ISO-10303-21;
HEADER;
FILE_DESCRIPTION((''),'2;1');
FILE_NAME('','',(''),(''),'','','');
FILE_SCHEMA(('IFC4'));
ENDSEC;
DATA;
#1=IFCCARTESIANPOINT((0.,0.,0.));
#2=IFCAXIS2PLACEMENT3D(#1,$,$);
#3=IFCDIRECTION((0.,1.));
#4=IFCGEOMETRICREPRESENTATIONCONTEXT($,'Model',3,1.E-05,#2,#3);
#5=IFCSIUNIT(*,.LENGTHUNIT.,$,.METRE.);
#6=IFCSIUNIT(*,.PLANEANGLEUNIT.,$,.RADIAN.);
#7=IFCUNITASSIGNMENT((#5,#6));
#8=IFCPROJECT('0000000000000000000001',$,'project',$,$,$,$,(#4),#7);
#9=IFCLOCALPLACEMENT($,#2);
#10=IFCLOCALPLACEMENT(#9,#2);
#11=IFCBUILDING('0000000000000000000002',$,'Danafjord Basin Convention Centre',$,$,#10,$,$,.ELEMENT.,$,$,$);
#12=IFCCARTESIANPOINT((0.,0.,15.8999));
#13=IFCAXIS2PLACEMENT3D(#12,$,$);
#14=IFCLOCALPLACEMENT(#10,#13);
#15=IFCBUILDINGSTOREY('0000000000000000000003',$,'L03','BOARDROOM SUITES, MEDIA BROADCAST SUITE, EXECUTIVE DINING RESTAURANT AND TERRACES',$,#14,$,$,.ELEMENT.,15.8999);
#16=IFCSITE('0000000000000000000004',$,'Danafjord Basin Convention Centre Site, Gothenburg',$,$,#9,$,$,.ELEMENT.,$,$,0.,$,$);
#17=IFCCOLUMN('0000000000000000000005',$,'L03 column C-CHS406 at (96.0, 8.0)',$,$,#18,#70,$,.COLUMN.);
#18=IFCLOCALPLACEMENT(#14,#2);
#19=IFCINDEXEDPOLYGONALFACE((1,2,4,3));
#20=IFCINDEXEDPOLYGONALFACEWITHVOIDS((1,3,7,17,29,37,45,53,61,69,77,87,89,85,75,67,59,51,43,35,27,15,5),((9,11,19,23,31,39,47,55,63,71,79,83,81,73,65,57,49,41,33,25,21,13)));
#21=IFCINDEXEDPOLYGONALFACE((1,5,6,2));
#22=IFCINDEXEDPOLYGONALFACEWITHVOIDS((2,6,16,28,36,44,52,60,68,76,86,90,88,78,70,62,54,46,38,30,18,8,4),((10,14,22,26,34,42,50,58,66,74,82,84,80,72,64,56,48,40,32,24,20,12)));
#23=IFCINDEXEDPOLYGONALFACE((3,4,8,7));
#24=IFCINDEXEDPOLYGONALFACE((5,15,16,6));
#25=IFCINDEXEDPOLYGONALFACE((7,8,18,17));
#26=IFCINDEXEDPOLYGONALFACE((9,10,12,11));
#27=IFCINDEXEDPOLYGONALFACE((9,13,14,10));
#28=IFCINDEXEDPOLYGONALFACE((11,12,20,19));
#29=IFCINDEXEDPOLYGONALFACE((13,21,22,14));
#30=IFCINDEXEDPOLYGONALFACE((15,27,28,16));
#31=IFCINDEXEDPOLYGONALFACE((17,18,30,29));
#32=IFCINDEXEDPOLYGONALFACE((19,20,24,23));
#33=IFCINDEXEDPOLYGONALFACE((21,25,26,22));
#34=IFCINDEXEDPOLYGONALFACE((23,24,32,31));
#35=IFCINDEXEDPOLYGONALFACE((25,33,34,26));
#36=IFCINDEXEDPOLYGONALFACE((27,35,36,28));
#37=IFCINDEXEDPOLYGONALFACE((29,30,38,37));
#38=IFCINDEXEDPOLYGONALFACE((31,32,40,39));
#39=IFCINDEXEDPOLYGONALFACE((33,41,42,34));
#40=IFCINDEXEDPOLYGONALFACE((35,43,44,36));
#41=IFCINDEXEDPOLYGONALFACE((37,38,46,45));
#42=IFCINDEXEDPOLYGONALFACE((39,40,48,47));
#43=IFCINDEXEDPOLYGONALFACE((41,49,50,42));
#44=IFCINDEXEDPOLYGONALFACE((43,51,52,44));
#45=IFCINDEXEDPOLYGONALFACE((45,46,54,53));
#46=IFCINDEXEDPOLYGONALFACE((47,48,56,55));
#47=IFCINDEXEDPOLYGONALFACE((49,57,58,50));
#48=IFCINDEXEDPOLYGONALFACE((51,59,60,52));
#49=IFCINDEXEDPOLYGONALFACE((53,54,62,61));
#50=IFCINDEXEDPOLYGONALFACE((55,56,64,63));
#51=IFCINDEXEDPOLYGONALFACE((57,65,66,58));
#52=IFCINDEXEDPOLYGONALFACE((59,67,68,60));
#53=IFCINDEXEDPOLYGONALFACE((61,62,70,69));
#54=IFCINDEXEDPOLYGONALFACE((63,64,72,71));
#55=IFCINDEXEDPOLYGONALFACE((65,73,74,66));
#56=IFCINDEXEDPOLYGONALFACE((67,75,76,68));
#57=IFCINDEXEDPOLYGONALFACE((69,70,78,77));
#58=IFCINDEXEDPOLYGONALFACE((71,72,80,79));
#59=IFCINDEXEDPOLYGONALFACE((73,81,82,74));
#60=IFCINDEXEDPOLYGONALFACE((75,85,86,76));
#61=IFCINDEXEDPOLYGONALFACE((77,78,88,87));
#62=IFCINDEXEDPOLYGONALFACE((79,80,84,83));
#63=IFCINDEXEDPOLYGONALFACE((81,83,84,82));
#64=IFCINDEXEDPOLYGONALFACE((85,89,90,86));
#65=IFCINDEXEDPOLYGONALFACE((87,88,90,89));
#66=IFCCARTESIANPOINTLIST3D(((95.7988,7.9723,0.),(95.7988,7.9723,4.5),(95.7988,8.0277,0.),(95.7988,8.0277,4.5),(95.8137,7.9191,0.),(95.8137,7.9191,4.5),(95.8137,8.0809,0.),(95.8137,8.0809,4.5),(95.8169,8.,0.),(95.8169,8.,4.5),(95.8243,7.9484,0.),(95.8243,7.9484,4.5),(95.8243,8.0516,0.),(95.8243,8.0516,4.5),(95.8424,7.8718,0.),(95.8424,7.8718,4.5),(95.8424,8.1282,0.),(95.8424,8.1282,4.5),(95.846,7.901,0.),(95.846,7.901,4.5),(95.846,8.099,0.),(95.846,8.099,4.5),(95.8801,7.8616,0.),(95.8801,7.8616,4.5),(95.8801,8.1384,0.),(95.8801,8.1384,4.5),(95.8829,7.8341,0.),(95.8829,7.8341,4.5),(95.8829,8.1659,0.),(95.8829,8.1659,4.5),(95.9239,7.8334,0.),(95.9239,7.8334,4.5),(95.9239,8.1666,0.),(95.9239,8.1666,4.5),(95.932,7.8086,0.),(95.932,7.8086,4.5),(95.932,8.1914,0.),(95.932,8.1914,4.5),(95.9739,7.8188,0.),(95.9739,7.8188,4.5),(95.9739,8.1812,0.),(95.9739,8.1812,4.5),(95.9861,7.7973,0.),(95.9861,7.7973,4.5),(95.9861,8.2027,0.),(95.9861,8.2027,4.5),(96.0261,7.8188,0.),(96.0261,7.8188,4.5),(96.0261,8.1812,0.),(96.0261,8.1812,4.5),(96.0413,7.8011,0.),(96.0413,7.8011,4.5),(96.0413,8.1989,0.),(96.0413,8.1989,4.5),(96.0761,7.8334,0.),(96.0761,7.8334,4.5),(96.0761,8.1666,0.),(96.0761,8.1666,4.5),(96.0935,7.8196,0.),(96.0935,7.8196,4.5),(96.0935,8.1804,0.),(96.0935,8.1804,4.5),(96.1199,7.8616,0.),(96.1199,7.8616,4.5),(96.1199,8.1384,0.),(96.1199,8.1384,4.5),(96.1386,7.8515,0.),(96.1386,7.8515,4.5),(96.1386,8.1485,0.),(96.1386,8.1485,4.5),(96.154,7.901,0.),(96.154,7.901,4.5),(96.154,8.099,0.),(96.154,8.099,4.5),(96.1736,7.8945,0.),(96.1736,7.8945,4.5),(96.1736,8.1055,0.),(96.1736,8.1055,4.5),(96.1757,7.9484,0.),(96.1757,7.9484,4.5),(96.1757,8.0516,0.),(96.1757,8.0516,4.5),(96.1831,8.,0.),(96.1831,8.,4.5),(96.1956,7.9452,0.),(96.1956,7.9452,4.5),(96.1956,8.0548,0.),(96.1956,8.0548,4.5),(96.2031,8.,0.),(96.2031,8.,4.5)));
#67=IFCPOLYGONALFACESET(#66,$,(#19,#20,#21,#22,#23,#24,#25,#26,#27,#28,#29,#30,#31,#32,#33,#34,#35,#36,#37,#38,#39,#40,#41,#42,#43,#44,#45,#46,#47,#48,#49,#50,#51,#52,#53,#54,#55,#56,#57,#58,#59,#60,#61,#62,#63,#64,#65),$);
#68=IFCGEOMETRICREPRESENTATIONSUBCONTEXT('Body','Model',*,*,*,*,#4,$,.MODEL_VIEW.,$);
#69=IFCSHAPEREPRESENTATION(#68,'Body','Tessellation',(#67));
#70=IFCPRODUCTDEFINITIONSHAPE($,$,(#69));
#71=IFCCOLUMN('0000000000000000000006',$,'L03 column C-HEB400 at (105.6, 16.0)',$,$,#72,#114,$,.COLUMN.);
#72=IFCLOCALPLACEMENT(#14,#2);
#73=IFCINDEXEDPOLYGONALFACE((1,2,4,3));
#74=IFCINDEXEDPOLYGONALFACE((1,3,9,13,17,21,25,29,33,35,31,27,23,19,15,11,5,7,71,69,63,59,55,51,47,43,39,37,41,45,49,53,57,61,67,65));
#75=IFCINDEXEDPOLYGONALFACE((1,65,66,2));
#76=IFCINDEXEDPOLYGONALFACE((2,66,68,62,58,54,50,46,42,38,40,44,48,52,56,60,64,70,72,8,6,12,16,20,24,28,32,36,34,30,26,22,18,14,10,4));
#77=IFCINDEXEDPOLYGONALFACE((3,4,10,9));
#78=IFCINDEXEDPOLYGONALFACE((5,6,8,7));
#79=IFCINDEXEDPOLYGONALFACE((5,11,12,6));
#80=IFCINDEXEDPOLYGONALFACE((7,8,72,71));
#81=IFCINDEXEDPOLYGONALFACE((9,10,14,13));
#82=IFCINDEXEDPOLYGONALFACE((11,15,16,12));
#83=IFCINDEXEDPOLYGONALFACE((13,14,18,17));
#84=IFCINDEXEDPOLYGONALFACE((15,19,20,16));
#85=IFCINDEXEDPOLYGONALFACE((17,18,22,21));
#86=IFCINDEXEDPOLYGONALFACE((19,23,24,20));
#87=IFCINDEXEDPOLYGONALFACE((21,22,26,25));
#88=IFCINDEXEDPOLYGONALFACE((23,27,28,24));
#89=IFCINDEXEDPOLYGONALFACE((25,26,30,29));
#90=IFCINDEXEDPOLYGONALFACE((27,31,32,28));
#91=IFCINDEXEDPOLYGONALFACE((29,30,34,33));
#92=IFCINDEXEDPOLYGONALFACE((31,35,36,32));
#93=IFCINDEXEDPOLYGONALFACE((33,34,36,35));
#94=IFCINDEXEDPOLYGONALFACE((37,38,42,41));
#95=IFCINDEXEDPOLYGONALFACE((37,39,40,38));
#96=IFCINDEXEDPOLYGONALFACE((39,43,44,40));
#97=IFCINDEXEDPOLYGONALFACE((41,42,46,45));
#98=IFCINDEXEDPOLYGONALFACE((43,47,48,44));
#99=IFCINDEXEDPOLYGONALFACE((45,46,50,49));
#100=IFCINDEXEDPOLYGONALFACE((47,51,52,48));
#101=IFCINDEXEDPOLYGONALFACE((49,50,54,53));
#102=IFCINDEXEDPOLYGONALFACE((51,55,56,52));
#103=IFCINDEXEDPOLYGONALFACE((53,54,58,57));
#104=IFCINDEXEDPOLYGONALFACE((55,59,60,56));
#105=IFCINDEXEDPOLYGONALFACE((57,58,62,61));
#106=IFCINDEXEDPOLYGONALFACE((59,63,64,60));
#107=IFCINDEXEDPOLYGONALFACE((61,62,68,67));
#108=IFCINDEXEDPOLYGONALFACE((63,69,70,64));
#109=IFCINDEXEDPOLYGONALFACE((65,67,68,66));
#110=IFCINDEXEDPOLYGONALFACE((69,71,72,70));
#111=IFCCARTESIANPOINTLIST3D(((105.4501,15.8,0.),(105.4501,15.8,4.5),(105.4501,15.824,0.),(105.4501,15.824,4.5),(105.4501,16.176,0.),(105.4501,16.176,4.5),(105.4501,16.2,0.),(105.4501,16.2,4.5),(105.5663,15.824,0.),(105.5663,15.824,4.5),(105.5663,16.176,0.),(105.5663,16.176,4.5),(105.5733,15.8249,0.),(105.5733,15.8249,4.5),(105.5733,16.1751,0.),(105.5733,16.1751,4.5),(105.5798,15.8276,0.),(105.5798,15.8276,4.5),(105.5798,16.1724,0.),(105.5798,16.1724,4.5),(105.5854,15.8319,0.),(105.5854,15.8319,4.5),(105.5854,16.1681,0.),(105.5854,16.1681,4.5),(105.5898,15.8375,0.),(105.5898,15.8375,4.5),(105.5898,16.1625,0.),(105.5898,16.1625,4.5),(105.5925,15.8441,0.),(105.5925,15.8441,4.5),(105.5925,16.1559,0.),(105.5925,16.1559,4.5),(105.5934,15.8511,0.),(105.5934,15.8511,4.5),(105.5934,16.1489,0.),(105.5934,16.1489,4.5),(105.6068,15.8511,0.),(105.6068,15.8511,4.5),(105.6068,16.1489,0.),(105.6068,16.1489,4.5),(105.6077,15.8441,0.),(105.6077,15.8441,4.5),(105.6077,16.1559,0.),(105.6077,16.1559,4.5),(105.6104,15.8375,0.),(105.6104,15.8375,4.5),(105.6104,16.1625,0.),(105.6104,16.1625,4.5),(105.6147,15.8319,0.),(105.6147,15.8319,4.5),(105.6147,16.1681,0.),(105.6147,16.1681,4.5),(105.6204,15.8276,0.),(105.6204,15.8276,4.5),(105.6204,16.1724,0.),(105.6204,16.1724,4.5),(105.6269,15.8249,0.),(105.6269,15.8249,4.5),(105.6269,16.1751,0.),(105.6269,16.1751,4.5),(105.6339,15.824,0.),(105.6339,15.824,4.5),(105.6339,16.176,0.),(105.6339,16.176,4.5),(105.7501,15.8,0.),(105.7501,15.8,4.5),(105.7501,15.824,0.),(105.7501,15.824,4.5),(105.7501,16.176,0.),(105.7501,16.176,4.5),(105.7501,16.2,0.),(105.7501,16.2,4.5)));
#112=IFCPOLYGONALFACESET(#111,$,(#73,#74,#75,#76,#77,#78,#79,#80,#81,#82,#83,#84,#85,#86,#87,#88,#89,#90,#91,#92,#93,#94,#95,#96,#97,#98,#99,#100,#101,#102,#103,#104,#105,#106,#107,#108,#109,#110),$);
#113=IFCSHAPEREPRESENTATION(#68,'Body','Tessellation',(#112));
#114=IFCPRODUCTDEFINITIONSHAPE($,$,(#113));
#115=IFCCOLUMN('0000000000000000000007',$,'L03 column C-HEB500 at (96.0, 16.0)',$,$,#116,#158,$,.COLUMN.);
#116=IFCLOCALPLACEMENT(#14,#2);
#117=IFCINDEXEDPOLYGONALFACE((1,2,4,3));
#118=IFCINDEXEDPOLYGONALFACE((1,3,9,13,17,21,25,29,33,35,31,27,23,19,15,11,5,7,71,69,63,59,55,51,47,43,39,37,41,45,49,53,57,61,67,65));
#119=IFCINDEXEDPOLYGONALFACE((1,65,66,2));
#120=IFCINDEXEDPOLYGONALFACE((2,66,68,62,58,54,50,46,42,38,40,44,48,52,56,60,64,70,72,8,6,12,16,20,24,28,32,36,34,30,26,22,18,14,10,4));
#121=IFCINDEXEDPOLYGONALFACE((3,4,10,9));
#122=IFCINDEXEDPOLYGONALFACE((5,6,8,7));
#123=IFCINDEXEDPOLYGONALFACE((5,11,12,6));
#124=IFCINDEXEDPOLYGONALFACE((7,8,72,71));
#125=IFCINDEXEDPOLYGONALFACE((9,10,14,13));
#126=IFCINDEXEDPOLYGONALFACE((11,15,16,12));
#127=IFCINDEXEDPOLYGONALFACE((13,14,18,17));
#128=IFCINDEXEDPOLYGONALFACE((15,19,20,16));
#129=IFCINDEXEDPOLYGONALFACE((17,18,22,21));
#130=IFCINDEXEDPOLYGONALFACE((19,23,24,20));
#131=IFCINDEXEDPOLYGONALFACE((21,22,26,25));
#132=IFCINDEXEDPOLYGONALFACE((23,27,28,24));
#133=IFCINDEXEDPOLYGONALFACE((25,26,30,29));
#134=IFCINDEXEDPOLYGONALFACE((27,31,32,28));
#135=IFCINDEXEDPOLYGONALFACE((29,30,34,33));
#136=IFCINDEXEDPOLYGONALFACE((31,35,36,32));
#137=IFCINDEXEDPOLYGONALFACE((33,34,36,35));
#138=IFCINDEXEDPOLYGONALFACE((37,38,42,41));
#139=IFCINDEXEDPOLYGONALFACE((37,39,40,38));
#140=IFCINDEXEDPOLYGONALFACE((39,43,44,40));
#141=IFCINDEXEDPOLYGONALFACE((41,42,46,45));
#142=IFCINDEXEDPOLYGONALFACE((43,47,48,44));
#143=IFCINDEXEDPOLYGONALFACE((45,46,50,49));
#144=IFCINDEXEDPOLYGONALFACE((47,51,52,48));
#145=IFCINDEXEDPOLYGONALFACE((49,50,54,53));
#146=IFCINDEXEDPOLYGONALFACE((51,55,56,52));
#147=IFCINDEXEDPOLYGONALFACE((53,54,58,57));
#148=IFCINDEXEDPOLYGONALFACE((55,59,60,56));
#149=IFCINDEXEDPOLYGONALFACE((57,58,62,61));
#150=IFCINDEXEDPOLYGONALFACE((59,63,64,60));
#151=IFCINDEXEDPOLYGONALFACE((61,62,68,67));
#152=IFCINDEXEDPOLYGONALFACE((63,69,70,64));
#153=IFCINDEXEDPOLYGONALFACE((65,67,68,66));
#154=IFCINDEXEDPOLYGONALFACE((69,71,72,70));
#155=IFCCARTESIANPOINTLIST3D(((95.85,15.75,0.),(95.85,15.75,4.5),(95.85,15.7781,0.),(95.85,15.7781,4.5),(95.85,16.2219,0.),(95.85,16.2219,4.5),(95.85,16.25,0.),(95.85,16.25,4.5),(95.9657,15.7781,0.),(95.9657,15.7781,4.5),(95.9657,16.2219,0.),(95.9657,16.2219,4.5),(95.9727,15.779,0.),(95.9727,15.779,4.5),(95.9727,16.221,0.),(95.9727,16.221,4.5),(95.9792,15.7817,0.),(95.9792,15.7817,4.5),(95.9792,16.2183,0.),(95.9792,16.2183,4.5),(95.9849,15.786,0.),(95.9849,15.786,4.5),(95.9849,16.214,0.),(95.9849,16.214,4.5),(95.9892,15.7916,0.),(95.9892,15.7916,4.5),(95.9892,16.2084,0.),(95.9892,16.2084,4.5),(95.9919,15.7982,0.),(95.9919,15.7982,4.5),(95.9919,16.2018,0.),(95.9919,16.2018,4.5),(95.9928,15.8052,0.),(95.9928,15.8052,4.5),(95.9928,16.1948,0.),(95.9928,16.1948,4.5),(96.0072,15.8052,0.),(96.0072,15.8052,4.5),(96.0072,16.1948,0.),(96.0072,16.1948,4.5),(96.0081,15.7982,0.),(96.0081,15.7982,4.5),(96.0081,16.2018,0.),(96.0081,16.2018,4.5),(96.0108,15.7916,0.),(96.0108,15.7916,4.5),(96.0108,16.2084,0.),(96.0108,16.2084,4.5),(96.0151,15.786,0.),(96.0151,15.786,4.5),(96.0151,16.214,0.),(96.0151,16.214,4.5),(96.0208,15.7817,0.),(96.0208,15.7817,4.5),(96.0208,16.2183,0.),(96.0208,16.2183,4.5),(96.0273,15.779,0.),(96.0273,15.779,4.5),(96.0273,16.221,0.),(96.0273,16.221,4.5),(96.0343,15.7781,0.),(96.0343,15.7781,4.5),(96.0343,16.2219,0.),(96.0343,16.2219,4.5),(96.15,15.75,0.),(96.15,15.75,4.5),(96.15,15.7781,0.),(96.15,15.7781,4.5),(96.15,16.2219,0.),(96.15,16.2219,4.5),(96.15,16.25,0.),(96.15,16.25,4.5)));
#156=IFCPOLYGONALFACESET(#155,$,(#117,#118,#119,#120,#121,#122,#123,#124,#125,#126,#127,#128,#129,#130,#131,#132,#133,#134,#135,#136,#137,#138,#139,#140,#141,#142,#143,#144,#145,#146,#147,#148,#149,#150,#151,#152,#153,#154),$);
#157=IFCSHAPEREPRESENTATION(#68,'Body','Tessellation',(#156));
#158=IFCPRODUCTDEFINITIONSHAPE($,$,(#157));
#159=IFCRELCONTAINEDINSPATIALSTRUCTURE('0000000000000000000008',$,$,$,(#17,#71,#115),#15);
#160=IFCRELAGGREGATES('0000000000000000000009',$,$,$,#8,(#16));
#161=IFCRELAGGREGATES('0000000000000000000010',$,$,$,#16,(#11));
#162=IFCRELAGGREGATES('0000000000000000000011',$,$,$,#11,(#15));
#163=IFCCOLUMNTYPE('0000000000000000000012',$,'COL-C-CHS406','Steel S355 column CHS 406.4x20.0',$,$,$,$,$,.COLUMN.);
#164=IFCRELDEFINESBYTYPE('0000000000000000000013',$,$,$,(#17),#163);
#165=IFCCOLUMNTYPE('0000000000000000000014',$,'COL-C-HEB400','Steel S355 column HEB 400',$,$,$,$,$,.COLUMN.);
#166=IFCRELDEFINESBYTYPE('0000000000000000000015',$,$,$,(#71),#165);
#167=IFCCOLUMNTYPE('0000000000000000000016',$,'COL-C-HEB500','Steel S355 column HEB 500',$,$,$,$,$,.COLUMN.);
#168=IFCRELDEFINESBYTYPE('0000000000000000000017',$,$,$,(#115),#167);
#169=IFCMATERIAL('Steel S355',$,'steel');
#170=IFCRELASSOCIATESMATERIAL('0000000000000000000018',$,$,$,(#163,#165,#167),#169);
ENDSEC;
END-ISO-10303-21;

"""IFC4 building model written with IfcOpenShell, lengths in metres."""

from ifc_helpers import new_model, si_unit, direction, frame, origin, origin_2d, place, context, subcontext, project, spatial, hollow_circle, i_section, extrude, material, material_profile, profile_set, type_object, element, save


model = new_model("IFC4")

# Units and contexts
model_context = context("Model", 3, precision=1e-05, world=origin(), true_north=direction((0.0, 1.0)))
body_context = subcontext(model_context, "Body", "Model", "MODEL_VIEW")
ifc_project = project(units=[si_unit("LENGTHUNIT", "METRE"), si_unit("PLANEANGLEUNIT", "RADIAN")], contexts=[model_context])

# Site, building, storey
site_placement = place(None, origin())
site = spatial("IfcSite", under=ifc_project, at=site_placement, Name="Danafjord Basin Convention Centre Site, Gothenburg", CompositionType="ELEMENT", RefElevation=0.0)
building_placement = place(site_placement, origin())
building = spatial("IfcBuilding", under=site, at=building_placement, Name="Danafjord Basin Convention Centre", CompositionType="ELEMENT")
storey_placement = place(building_placement, frame((0.0, 0.0, 15.8999)))
storey = spatial("IfcBuildingStorey", under=building, at=storey_placement, Name="L03", Description="BOARDROOM SUITES, MEDIA BROADCAST SUITE, EXECUTIVE DINING RESTAURANT AND TERRACES", CompositionType="ELEMENT", Elevation=15.8999)

# Columns
ifc_material_1 = material(Name="Steel S355", Category="steel")
ifc_material_profile_1 = material_profile(ifc_material_1, hollow_circle(Radius=0.2031, WallThickness=0.02, at=origin_2d()), Name="CHS 406.4x20.0")
ifc_profile_set_1 = profile_set([ifc_material_profile_1], Name="Steel S355")
column_type_1 = type_object("IfcColumnType", Name="COL-C-CHS406", Description="Steel S355 column CHS 406.4x20.0", PredefinedType="COLUMN", material=ifc_profile_set_1)
column_1_placement = place(storey_placement, frame((96.0, 8.0, 0.0), z_axis=(0.0, 0.0, 1.0), x_axis=(1.0, 0.0, 0.0)))
element("IfcColumn", 1, at=column_1_placement, inside=storey, type_object=column_type_1, Name="L03 column C-CHS406 at (96.0, 8.0)", PredefinedType="COLUMN", context=body_context, shape_type="SweptSolid", body=[
    extrude(hollow_circle(Radius=0.2031, WallThickness=0.02, at=origin_2d()), origin(), (0.0, 0.0, 1.0), 4.5),
])
ifc_material_profile_2 = material_profile(ifc_material_1, i_section(OverallWidth=0.3, OverallDepth=0.3999, WebThickness=0.0134, FlangeThickness=0.0239, FilletRadius=0.0271, at=origin_2d()), Name="HEB 400")
ifc_profile_set_2 = profile_set([ifc_material_profile_2], Name="Steel S355")
column_type_2 = type_object("IfcColumnType", Name="COL-C-HEB400", Description="Steel S355 column HEB 400", PredefinedType="COLUMN", material=ifc_profile_set_2)
column_2_placement = place(storey_placement, frame((105.6001, 16.0, 0.0), z_axis=(0.0, 0.0, 1.0), x_axis=(1.0, 0.0, 0.0)))
element("IfcColumn", 2, at=column_2_placement, inside=storey, type_object=column_type_2, Name="L03 column C-HEB400 at (105.6, 16.0)", PredefinedType="COLUMN", context=body_context, shape_type="SweptSolid", body=[
    extrude(i_section(OverallWidth=0.3, OverallDepth=0.3999, WebThickness=0.0134, FlangeThickness=0.0239, FilletRadius=0.0271, at=origin_2d()), origin(), (0.0, 0.0, 1.0), 4.5),
])
ifc_material_profile_3 = material_profile(ifc_material_1, i_section(OverallWidth=0.3, OverallDepth=0.5, WebThickness=0.0144, FlangeThickness=0.0281, FilletRadius=0.0271, at=origin_2d()), Name="HEB 500")
ifc_profile_set_3 = profile_set([ifc_material_profile_3], Name="Steel S355")
column_type_3 = type_object("IfcColumnType", Name="COL-C-HEB500", Description="Steel S355 column HEB 500", PredefinedType="COLUMN", material=ifc_profile_set_3)
for number, where, z_axis, x_axis, name in (
    (3, (96.0, 16.0, 0.0), (0.0, 0.0, 1.0), (1.0, 0.0, 0.0), "L03 column C-HEB500 at (96.0, 16.0)"),
):
    element("IfcColumn", number, at=place(storey_placement, frame(where, z_axis=z_axis, x_axis=x_axis)), inside=storey, type_object=column_type_3, Name=name, PredefinedType="COLUMN", context=body_context, shape_type="SweptSolid", body=[
        extrude(i_section(OverallWidth=0.3, OverallDepth=0.5, WebThickness=0.0144, FlangeThickness=0.0281, FilletRadius=0.0271, at=origin_2d()), origin(), (0.0, 0.0, 1.0), 4.5),
    ])

save(model, "model.ifc")
